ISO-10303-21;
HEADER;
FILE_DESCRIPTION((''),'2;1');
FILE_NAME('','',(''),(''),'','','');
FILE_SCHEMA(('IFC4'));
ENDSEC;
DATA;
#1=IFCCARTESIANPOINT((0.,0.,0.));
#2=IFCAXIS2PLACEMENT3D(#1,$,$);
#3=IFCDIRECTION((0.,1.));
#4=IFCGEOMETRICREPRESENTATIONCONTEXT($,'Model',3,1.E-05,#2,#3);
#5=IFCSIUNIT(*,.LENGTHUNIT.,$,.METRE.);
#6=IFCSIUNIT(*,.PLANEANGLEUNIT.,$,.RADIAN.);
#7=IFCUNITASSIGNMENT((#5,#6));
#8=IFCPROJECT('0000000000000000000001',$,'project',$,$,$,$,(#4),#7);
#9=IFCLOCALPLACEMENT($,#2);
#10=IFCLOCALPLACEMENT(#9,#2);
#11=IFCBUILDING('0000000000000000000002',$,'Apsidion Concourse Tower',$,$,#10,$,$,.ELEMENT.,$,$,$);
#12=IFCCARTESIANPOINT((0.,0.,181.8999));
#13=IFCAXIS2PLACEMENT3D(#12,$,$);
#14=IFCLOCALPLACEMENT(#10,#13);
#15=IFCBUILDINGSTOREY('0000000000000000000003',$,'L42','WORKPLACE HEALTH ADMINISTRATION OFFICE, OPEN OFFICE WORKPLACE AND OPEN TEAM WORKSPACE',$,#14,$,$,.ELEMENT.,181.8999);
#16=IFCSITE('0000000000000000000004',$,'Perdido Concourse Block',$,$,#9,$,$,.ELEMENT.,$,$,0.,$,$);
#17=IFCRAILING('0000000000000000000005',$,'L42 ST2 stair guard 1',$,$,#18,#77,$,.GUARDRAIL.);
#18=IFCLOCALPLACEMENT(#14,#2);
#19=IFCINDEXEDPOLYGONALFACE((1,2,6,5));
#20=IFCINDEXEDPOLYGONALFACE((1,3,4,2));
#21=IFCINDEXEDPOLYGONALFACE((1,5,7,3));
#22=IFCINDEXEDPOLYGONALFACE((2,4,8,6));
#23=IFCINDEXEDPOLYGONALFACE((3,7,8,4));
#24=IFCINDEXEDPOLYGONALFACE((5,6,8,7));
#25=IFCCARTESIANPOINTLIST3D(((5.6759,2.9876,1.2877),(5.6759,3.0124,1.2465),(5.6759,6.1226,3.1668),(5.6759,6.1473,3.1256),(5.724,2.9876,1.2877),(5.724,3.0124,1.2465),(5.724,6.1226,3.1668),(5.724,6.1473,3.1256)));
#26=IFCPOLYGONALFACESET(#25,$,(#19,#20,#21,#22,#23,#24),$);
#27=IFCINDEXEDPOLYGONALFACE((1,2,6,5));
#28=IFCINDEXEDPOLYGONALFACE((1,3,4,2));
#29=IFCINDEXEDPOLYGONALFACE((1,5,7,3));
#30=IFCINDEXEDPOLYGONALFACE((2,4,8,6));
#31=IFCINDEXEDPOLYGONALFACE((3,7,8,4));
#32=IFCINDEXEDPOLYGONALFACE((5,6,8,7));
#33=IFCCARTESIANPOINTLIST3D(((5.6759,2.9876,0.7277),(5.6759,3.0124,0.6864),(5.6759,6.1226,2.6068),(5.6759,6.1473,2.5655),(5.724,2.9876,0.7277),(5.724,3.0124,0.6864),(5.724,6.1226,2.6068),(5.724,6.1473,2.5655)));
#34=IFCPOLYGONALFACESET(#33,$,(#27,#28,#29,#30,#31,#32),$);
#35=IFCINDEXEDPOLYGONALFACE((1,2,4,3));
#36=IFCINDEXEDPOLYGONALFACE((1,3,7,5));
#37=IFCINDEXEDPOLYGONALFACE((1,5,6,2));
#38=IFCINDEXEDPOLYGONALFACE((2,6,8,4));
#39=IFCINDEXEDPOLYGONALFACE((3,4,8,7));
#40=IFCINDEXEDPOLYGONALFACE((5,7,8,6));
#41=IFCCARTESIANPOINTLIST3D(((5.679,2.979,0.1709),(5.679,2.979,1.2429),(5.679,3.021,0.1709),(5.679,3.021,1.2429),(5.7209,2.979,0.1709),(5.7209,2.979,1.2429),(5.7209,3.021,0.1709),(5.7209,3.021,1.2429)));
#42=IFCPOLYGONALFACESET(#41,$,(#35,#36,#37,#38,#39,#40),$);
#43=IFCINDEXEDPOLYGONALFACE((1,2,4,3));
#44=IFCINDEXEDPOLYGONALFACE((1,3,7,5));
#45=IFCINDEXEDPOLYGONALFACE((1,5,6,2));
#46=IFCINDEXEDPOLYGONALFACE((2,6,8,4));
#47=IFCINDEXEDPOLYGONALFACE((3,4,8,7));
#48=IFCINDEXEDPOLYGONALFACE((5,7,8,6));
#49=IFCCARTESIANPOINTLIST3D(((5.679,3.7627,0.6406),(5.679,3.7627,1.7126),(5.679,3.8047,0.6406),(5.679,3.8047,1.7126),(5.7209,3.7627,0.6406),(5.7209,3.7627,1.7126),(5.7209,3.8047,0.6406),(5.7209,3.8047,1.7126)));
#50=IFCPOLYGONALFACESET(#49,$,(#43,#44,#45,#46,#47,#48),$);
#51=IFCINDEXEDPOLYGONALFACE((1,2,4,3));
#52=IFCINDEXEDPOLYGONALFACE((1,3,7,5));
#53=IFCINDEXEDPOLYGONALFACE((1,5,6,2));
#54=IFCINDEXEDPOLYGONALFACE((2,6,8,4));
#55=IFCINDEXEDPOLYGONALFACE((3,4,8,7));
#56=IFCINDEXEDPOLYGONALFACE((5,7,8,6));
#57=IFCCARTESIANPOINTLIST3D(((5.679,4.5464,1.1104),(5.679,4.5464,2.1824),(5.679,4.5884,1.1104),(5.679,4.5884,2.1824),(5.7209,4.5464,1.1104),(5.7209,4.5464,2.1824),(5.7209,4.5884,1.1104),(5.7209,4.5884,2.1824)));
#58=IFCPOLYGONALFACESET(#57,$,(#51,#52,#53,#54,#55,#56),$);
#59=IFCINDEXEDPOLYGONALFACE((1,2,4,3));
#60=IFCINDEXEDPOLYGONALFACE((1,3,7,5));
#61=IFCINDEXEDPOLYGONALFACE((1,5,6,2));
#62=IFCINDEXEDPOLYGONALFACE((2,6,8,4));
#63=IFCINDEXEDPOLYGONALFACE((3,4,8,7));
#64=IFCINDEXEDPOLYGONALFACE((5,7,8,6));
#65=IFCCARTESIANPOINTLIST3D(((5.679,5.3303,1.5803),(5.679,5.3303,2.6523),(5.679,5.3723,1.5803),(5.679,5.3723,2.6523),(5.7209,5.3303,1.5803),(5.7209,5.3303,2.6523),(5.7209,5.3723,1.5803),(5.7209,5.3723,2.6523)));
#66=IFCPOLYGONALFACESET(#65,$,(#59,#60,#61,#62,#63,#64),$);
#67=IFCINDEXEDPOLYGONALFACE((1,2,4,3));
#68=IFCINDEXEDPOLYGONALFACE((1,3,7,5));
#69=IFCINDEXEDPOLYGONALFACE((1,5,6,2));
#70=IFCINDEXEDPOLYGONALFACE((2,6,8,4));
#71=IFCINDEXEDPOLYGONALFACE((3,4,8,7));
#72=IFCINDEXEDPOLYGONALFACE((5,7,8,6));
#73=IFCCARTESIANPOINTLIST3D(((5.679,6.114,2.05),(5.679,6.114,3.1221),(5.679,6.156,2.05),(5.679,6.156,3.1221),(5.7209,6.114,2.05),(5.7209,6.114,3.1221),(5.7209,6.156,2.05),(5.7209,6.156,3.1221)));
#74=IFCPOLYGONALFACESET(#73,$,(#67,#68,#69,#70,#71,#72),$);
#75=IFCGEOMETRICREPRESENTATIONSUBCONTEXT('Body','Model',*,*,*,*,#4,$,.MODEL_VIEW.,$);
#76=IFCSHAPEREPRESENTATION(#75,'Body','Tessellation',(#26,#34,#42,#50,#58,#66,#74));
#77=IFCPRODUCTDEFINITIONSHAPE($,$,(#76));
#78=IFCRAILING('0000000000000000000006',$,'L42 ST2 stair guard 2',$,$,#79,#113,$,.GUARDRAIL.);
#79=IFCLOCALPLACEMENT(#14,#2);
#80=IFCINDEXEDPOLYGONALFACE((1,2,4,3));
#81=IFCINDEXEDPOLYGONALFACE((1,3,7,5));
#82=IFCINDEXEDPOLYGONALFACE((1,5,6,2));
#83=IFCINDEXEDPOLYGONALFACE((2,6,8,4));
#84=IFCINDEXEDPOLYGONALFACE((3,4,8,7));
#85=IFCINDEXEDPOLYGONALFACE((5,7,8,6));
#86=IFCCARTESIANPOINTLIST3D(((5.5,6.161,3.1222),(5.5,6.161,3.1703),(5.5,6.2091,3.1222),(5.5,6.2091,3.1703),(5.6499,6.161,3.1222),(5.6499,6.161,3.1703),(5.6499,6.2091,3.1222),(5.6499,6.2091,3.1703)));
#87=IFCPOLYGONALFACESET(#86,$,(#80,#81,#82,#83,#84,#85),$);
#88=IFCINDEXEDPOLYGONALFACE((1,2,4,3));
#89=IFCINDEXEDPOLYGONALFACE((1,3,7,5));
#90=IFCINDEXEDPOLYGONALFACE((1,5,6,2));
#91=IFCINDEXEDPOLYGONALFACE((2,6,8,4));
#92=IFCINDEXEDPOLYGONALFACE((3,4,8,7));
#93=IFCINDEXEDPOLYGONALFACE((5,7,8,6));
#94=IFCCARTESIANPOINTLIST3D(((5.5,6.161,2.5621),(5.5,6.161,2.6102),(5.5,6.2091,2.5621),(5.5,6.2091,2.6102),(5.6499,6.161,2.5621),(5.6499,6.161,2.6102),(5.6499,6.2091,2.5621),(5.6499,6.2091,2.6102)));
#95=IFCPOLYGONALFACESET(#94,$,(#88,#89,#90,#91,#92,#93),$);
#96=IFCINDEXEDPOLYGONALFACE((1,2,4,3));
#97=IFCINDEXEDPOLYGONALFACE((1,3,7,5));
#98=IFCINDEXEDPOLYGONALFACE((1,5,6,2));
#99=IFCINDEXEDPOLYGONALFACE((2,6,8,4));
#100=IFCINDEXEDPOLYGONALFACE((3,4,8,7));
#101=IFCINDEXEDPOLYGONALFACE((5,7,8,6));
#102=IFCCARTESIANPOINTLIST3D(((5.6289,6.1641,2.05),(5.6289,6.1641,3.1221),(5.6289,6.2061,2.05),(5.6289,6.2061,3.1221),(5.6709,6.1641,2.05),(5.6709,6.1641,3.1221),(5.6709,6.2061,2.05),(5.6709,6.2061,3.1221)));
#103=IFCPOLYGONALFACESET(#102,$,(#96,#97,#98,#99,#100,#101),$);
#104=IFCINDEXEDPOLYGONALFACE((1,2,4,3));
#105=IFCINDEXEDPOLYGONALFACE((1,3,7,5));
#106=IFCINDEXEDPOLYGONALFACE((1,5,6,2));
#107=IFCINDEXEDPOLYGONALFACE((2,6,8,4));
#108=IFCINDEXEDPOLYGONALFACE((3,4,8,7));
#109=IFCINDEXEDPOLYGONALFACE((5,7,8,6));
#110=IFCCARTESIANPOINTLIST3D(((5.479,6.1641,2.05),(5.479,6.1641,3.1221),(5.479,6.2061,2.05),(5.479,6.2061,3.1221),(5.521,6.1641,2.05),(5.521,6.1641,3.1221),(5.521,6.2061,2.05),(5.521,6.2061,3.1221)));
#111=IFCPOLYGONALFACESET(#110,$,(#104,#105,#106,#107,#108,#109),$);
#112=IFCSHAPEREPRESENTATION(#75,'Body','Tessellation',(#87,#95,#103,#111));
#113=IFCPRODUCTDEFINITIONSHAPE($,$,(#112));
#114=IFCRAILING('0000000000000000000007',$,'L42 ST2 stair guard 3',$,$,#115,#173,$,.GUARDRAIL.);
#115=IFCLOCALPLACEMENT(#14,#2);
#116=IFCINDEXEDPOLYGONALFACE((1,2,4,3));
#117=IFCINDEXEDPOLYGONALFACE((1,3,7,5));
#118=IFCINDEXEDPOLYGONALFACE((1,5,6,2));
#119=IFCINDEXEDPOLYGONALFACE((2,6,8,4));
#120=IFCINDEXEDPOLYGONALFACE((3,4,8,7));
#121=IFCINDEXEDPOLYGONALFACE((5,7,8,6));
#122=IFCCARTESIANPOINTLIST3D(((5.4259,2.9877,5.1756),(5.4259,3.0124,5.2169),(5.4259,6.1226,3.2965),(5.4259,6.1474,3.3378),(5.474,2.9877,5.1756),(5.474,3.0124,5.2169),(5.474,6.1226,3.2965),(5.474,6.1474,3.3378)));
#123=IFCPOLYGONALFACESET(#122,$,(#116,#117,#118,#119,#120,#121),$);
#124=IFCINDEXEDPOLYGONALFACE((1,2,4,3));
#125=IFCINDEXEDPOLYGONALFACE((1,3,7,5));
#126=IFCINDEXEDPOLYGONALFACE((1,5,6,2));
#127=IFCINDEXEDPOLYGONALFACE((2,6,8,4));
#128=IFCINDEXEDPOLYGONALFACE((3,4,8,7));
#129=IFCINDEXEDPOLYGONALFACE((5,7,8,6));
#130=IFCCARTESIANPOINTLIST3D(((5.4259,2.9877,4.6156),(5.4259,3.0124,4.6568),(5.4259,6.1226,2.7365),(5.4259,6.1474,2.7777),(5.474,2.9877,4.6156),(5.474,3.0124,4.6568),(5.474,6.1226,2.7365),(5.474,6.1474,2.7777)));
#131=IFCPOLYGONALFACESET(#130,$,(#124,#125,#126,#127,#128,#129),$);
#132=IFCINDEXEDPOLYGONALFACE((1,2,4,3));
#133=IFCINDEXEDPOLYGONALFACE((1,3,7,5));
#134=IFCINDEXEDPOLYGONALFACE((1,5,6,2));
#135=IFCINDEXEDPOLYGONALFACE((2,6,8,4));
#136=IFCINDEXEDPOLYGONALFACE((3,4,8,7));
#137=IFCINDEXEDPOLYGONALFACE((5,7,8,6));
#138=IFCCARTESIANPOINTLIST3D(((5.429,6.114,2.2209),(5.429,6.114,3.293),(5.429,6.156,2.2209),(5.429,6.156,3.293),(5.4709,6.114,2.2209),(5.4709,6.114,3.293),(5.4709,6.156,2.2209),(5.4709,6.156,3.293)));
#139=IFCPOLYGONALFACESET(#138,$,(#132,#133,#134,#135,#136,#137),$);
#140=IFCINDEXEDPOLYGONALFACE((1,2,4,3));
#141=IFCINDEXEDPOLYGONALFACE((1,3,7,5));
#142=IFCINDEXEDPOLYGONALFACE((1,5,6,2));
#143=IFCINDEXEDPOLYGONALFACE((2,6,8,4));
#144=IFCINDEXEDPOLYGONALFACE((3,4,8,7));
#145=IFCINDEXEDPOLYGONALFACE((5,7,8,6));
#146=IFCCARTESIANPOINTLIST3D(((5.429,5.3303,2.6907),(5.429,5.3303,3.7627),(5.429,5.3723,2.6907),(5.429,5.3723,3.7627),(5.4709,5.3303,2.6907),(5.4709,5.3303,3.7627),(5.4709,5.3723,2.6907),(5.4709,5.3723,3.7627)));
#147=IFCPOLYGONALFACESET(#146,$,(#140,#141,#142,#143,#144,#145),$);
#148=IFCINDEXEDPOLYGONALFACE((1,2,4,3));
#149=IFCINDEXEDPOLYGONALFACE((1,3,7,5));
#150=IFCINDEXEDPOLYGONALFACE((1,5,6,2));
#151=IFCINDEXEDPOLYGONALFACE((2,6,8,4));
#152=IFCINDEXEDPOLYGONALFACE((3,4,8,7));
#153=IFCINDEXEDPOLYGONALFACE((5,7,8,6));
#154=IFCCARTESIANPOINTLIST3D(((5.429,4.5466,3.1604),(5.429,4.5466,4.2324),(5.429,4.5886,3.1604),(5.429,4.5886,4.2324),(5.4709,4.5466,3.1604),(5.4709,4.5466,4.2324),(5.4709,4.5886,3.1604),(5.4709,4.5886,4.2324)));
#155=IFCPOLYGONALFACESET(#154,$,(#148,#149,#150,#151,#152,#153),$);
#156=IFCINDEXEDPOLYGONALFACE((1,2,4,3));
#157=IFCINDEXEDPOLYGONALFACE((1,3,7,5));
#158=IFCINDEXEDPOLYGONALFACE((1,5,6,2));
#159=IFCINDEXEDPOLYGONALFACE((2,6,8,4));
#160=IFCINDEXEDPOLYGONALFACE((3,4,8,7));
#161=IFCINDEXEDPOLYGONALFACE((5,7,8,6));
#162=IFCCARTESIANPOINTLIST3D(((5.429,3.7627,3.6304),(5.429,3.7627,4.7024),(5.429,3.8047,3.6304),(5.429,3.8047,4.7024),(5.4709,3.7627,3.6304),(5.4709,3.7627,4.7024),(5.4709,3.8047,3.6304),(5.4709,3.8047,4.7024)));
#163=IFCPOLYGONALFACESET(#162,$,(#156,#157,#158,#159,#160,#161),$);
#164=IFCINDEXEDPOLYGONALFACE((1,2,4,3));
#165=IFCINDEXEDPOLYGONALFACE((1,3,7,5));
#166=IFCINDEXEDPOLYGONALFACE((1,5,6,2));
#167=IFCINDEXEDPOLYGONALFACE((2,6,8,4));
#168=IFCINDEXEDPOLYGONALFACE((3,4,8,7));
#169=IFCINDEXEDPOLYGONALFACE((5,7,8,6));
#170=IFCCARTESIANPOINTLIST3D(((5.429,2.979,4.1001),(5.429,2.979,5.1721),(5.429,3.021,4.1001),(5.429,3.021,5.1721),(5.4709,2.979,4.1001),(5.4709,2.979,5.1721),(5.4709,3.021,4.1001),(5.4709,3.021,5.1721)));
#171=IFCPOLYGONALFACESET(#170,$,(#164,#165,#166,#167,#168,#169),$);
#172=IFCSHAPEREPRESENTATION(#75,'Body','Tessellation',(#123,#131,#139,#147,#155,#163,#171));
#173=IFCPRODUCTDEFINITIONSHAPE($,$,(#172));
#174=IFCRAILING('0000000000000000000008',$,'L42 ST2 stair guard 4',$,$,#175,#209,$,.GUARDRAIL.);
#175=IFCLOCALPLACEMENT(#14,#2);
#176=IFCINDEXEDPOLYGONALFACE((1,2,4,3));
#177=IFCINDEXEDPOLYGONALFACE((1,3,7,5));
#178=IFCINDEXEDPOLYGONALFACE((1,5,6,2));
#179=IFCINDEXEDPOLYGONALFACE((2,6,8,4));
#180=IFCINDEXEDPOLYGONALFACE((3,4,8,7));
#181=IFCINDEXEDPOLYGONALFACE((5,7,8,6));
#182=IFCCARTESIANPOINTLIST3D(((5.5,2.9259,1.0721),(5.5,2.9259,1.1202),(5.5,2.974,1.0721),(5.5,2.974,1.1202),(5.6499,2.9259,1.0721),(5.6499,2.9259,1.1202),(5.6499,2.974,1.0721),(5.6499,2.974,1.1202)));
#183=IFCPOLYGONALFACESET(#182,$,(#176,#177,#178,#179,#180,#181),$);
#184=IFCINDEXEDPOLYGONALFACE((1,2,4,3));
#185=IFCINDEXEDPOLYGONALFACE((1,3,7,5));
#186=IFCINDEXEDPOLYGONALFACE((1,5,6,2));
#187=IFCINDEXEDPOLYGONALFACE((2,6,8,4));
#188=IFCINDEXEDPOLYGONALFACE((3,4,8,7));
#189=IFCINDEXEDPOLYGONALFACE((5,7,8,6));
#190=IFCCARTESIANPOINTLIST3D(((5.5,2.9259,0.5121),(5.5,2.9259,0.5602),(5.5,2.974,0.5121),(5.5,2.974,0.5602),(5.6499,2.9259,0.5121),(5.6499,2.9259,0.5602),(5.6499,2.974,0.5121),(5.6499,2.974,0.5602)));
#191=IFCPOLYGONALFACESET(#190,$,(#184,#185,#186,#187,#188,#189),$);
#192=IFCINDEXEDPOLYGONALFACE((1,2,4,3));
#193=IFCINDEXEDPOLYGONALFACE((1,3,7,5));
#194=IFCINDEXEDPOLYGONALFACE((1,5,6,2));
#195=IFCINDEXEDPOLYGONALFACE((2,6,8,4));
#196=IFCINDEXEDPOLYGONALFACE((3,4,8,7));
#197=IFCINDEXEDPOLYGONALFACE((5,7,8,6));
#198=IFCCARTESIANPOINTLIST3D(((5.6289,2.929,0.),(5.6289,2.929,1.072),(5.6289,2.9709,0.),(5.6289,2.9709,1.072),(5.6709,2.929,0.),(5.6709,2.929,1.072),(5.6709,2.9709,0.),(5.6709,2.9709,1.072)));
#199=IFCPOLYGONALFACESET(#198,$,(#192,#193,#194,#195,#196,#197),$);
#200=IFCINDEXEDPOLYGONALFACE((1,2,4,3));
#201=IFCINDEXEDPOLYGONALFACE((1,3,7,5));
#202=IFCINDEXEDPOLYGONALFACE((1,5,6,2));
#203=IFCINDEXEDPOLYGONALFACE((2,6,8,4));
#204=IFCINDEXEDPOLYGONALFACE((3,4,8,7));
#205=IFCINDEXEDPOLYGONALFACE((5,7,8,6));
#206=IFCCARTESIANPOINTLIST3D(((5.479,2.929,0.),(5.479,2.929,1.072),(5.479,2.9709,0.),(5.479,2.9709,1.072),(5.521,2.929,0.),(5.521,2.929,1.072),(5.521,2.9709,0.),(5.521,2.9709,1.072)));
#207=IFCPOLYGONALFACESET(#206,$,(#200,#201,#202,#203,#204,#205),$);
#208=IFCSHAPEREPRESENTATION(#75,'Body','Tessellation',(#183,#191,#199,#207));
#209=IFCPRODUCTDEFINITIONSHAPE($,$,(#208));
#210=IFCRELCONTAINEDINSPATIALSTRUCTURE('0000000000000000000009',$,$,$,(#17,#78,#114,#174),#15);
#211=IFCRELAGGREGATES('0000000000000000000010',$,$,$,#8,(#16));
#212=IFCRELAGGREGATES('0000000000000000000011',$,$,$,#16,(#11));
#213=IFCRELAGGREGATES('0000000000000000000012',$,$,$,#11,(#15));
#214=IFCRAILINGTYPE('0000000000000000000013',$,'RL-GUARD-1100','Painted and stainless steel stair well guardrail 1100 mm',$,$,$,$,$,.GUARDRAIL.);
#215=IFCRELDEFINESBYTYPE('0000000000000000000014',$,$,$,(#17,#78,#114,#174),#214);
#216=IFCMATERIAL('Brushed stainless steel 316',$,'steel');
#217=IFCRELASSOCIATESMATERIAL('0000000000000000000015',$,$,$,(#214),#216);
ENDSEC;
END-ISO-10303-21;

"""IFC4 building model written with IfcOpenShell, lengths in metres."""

from ifc_helpers import new_model, si_unit, direction, frame, origin, origin_2d, place, context, subcontext, project, spatial, rectangle, extrude, material, type_object, element, save


model = new_model("IFC4")

# Units and contexts
model_context = context("Model", 3, precision=1e-05, world=origin(), true_north=direction((0.0, 1.0)))
body_context = subcontext(model_context, "Body", "Model", "MODEL_VIEW")
ifc_project = project(units=[si_unit("LENGTHUNIT", "METRE"), si_unit("PLANEANGLEUNIT", "RADIAN")], contexts=[model_context])

# Site, building, storey
site_placement = place(None, origin())
site = spatial("IfcSite", under=ifc_project, at=site_placement, Name="Perdido Concourse Block", CompositionType="ELEMENT", RefElevation=0.0)
building_placement = place(site_placement, origin())
building = spatial("IfcBuilding", under=site, at=building_placement, Name="Apsidion Concourse Tower", CompositionType="ELEMENT")
storey_placement = place(building_placement, frame((0.0, 0.0, 181.8999)))
storey = spatial("IfcBuildingStorey", under=building, at=storey_placement, Name="L42", Description="WORKPLACE HEALTH ADMINISTRATION OFFICE, OPEN OFFICE WORKPLACE AND OPEN TEAM WORKSPACE", CompositionType="ELEMENT", Elevation=181.8999)

# Railings
ifc_material_1 = material(Name="Brushed stainless steel 316", Category="steel")
railing_type_1 = type_object("IfcRailingType", Name="RL-GUARD-1100", Description="Painted and stainless steel stair well guardrail 1100 mm", PredefinedType="GUARDRAIL", material=ifc_material_1)
railing_1_placement = place(storey_placement, frame((5.7, 3.0, 0.1709)))
element("IfcRailing", 1, at=railing_1_placement, inside=storey, type_object=railing_type_1, Name="L42 ST2 stair guard 1", PredefinedType="GUARDRAIL", context=body_context, shape_type="SweptSolid", body=[
    extrude(rectangle(XDim=0.0481, YDim=0.0481, at=origin_2d()), frame((0.0, 0.0, 1.0962), z_axis=(0.0, 0.857717, 0.514122), x_axis=(-1.0, 0.0, 0.0)), (0.0, 0.0, 1.0), 3.655),
    extrude(rectangle(XDim=0.0481, YDim=0.0481, at=origin_2d()), frame((0.0, 0.0, 0.5361), z_axis=(0.0, 0.857717, 0.514122), x_axis=(-1.0, 0.0, 0.0)), (0.0, 0.0, 1.0), 3.655),
    extrude(rectangle(XDim=0.042, YDim=0.042, at=origin_2d()), origin(), (0.0, 0.0, 1.0), 1.072),
    extrude(rectangle(XDim=0.042, YDim=0.042, at=origin_2d()), frame((0.0, 0.7837, 0.4697)), (0.0, 0.0, 1.0), 1.072),
    extrude(rectangle(XDim=0.042, YDim=0.042, at=origin_2d()), frame((0.0, 1.5674, 0.9395)), (0.0, 0.0, 1.0), 1.072),
    extrude(rectangle(XDim=0.042, YDim=0.042, at=origin_2d()), frame((0.0, 2.3513, 1.4094)), (0.0, 0.0, 1.0), 1.072),
    extrude(rectangle(XDim=0.042, YDim=0.042, at=origin_2d()), frame((0.0, 3.135, 1.8792)), (0.0, 0.0, 1.0), 1.072),
])
railing_2_placement = place(storey_placement, frame((5.6499, 6.1851, 2.05)))
element("IfcRailing", 2, at=railing_2_placement, inside=storey, type_object=railing_type_1, Name="L42 ST2 stair guard 2", PredefinedType="GUARDRAIL", context=body_context, shape_type="SweptSolid", body=[
    extrude(rectangle(XDim=0.0481, YDim=0.0481, at=origin_2d()), frame((0.0, 0.0, 1.0962), z_axis=(-1.0, 0.0, 0.0), x_axis=(0.0, -1.0, 0.0)), (0.0, 0.0, 1.0), 0.1499),
    extrude(rectangle(XDim=0.0481, YDim=0.0481, at=origin_2d()), frame((0.0, 0.0, 0.5361), z_axis=(-1.0, 0.0, 0.0), x_axis=(0.0, -1.0, 0.0)), (0.0, 0.0, 1.0), 0.1499),
    extrude(rectangle(XDim=0.042, YDim=0.042, at=origin_2d()), origin(), (0.0, 0.0, 1.0), 1.072),
    extrude(rectangle(XDim=0.042, YDim=0.042, at=origin_2d()), frame((-0.1499, 0.0, 0.0)), (0.0, 0.0, 1.0), 1.072),
])
railing_3_placement = place(storey_placement, frame((5.45, 6.135, 2.2209)))
element("IfcRailing", 3, at=railing_3_placement, inside=storey, type_object=railing_type_1, Name="L42 ST2 stair guard 3", PredefinedType="GUARDRAIL", context=body_context, shape_type="SweptSolid", body=[
    extrude(rectangle(XDim=0.0481, YDim=0.0481, at=origin_2d()), frame((0.0, 0.0, 1.0962), z_axis=(0.0, -0.857717, 0.514122), x_axis=(1.0, 0.0, 0.0)), (0.0, 0.0, 1.0), 3.655),
    extrude(rectangle(XDim=0.0481, YDim=0.0481, at=origin_2d()), frame((0.0, 0.0, 0.5361), z_axis=(0.0, -0.857717, 0.514122), x_axis=(1.0, 0.0, 0.0)), (0.0, 0.0, 1.0), 3.655),
    extrude(rectangle(XDim=0.042, YDim=0.042, at=origin_2d()), origin(), (0.0, 0.0, 1.0), 1.072),
    extrude(rectangle(XDim=0.042, YDim=0.042, at=origin_2d()), frame((0.0, -0.7837, 0.4697)), (0.0, 0.0, 1.0), 1.072),
    extrude(rectangle(XDim=0.042, YDim=0.042, at=origin_2d()), frame((0.0, -1.5674, 0.9395)), (0.0, 0.0, 1.0), 1.072),
    extrude(rectangle(XDim=0.042, YDim=0.042, at=origin_2d()), frame((0.0, -2.3513, 1.4094)), (0.0, 0.0, 1.0), 1.072),
    extrude(rectangle(XDim=0.042, YDim=0.042, at=origin_2d()), frame((0.0, -3.135, 1.8792)), (0.0, 0.0, 1.0), 1.072),
])
railing_4_placement = place(storey_placement, frame((5.6499, 2.95, 0.0)))
element("IfcRailing", 4, at=railing_4_placement, inside=storey, type_object=railing_type_1, Name="L42 ST2 stair guard 4", PredefinedType="GUARDRAIL", context=body_context, shape_type="SweptSolid", body=[
    extrude(rectangle(XDim=0.0481, YDim=0.0481, at=origin_2d()), frame((0.0, 0.0, 1.0962), z_axis=(-1.0, 0.0, 0.0), x_axis=(0.0, -1.0, 0.0)), (0.0, 0.0, 1.0), 0.1499),
    extrude(rectangle(XDim=0.0481, YDim=0.0481, at=origin_2d()), frame((0.0, 0.0, 0.5361), z_axis=(-1.0, 0.0, 0.0), x_axis=(0.0, -1.0, 0.0)), (0.0, 0.0, 1.0), 0.1499),
    extrude(rectangle(XDim=0.042, YDim=0.042, at=origin_2d()), origin(), (0.0, 0.0, 1.0), 1.072),
    extrude(rectangle(XDim=0.042, YDim=0.042, at=origin_2d()), frame((-0.1499, 0.0, 0.0)), (0.0, 0.0, 1.0), 1.072),
])

save(model, "model.ifc")
